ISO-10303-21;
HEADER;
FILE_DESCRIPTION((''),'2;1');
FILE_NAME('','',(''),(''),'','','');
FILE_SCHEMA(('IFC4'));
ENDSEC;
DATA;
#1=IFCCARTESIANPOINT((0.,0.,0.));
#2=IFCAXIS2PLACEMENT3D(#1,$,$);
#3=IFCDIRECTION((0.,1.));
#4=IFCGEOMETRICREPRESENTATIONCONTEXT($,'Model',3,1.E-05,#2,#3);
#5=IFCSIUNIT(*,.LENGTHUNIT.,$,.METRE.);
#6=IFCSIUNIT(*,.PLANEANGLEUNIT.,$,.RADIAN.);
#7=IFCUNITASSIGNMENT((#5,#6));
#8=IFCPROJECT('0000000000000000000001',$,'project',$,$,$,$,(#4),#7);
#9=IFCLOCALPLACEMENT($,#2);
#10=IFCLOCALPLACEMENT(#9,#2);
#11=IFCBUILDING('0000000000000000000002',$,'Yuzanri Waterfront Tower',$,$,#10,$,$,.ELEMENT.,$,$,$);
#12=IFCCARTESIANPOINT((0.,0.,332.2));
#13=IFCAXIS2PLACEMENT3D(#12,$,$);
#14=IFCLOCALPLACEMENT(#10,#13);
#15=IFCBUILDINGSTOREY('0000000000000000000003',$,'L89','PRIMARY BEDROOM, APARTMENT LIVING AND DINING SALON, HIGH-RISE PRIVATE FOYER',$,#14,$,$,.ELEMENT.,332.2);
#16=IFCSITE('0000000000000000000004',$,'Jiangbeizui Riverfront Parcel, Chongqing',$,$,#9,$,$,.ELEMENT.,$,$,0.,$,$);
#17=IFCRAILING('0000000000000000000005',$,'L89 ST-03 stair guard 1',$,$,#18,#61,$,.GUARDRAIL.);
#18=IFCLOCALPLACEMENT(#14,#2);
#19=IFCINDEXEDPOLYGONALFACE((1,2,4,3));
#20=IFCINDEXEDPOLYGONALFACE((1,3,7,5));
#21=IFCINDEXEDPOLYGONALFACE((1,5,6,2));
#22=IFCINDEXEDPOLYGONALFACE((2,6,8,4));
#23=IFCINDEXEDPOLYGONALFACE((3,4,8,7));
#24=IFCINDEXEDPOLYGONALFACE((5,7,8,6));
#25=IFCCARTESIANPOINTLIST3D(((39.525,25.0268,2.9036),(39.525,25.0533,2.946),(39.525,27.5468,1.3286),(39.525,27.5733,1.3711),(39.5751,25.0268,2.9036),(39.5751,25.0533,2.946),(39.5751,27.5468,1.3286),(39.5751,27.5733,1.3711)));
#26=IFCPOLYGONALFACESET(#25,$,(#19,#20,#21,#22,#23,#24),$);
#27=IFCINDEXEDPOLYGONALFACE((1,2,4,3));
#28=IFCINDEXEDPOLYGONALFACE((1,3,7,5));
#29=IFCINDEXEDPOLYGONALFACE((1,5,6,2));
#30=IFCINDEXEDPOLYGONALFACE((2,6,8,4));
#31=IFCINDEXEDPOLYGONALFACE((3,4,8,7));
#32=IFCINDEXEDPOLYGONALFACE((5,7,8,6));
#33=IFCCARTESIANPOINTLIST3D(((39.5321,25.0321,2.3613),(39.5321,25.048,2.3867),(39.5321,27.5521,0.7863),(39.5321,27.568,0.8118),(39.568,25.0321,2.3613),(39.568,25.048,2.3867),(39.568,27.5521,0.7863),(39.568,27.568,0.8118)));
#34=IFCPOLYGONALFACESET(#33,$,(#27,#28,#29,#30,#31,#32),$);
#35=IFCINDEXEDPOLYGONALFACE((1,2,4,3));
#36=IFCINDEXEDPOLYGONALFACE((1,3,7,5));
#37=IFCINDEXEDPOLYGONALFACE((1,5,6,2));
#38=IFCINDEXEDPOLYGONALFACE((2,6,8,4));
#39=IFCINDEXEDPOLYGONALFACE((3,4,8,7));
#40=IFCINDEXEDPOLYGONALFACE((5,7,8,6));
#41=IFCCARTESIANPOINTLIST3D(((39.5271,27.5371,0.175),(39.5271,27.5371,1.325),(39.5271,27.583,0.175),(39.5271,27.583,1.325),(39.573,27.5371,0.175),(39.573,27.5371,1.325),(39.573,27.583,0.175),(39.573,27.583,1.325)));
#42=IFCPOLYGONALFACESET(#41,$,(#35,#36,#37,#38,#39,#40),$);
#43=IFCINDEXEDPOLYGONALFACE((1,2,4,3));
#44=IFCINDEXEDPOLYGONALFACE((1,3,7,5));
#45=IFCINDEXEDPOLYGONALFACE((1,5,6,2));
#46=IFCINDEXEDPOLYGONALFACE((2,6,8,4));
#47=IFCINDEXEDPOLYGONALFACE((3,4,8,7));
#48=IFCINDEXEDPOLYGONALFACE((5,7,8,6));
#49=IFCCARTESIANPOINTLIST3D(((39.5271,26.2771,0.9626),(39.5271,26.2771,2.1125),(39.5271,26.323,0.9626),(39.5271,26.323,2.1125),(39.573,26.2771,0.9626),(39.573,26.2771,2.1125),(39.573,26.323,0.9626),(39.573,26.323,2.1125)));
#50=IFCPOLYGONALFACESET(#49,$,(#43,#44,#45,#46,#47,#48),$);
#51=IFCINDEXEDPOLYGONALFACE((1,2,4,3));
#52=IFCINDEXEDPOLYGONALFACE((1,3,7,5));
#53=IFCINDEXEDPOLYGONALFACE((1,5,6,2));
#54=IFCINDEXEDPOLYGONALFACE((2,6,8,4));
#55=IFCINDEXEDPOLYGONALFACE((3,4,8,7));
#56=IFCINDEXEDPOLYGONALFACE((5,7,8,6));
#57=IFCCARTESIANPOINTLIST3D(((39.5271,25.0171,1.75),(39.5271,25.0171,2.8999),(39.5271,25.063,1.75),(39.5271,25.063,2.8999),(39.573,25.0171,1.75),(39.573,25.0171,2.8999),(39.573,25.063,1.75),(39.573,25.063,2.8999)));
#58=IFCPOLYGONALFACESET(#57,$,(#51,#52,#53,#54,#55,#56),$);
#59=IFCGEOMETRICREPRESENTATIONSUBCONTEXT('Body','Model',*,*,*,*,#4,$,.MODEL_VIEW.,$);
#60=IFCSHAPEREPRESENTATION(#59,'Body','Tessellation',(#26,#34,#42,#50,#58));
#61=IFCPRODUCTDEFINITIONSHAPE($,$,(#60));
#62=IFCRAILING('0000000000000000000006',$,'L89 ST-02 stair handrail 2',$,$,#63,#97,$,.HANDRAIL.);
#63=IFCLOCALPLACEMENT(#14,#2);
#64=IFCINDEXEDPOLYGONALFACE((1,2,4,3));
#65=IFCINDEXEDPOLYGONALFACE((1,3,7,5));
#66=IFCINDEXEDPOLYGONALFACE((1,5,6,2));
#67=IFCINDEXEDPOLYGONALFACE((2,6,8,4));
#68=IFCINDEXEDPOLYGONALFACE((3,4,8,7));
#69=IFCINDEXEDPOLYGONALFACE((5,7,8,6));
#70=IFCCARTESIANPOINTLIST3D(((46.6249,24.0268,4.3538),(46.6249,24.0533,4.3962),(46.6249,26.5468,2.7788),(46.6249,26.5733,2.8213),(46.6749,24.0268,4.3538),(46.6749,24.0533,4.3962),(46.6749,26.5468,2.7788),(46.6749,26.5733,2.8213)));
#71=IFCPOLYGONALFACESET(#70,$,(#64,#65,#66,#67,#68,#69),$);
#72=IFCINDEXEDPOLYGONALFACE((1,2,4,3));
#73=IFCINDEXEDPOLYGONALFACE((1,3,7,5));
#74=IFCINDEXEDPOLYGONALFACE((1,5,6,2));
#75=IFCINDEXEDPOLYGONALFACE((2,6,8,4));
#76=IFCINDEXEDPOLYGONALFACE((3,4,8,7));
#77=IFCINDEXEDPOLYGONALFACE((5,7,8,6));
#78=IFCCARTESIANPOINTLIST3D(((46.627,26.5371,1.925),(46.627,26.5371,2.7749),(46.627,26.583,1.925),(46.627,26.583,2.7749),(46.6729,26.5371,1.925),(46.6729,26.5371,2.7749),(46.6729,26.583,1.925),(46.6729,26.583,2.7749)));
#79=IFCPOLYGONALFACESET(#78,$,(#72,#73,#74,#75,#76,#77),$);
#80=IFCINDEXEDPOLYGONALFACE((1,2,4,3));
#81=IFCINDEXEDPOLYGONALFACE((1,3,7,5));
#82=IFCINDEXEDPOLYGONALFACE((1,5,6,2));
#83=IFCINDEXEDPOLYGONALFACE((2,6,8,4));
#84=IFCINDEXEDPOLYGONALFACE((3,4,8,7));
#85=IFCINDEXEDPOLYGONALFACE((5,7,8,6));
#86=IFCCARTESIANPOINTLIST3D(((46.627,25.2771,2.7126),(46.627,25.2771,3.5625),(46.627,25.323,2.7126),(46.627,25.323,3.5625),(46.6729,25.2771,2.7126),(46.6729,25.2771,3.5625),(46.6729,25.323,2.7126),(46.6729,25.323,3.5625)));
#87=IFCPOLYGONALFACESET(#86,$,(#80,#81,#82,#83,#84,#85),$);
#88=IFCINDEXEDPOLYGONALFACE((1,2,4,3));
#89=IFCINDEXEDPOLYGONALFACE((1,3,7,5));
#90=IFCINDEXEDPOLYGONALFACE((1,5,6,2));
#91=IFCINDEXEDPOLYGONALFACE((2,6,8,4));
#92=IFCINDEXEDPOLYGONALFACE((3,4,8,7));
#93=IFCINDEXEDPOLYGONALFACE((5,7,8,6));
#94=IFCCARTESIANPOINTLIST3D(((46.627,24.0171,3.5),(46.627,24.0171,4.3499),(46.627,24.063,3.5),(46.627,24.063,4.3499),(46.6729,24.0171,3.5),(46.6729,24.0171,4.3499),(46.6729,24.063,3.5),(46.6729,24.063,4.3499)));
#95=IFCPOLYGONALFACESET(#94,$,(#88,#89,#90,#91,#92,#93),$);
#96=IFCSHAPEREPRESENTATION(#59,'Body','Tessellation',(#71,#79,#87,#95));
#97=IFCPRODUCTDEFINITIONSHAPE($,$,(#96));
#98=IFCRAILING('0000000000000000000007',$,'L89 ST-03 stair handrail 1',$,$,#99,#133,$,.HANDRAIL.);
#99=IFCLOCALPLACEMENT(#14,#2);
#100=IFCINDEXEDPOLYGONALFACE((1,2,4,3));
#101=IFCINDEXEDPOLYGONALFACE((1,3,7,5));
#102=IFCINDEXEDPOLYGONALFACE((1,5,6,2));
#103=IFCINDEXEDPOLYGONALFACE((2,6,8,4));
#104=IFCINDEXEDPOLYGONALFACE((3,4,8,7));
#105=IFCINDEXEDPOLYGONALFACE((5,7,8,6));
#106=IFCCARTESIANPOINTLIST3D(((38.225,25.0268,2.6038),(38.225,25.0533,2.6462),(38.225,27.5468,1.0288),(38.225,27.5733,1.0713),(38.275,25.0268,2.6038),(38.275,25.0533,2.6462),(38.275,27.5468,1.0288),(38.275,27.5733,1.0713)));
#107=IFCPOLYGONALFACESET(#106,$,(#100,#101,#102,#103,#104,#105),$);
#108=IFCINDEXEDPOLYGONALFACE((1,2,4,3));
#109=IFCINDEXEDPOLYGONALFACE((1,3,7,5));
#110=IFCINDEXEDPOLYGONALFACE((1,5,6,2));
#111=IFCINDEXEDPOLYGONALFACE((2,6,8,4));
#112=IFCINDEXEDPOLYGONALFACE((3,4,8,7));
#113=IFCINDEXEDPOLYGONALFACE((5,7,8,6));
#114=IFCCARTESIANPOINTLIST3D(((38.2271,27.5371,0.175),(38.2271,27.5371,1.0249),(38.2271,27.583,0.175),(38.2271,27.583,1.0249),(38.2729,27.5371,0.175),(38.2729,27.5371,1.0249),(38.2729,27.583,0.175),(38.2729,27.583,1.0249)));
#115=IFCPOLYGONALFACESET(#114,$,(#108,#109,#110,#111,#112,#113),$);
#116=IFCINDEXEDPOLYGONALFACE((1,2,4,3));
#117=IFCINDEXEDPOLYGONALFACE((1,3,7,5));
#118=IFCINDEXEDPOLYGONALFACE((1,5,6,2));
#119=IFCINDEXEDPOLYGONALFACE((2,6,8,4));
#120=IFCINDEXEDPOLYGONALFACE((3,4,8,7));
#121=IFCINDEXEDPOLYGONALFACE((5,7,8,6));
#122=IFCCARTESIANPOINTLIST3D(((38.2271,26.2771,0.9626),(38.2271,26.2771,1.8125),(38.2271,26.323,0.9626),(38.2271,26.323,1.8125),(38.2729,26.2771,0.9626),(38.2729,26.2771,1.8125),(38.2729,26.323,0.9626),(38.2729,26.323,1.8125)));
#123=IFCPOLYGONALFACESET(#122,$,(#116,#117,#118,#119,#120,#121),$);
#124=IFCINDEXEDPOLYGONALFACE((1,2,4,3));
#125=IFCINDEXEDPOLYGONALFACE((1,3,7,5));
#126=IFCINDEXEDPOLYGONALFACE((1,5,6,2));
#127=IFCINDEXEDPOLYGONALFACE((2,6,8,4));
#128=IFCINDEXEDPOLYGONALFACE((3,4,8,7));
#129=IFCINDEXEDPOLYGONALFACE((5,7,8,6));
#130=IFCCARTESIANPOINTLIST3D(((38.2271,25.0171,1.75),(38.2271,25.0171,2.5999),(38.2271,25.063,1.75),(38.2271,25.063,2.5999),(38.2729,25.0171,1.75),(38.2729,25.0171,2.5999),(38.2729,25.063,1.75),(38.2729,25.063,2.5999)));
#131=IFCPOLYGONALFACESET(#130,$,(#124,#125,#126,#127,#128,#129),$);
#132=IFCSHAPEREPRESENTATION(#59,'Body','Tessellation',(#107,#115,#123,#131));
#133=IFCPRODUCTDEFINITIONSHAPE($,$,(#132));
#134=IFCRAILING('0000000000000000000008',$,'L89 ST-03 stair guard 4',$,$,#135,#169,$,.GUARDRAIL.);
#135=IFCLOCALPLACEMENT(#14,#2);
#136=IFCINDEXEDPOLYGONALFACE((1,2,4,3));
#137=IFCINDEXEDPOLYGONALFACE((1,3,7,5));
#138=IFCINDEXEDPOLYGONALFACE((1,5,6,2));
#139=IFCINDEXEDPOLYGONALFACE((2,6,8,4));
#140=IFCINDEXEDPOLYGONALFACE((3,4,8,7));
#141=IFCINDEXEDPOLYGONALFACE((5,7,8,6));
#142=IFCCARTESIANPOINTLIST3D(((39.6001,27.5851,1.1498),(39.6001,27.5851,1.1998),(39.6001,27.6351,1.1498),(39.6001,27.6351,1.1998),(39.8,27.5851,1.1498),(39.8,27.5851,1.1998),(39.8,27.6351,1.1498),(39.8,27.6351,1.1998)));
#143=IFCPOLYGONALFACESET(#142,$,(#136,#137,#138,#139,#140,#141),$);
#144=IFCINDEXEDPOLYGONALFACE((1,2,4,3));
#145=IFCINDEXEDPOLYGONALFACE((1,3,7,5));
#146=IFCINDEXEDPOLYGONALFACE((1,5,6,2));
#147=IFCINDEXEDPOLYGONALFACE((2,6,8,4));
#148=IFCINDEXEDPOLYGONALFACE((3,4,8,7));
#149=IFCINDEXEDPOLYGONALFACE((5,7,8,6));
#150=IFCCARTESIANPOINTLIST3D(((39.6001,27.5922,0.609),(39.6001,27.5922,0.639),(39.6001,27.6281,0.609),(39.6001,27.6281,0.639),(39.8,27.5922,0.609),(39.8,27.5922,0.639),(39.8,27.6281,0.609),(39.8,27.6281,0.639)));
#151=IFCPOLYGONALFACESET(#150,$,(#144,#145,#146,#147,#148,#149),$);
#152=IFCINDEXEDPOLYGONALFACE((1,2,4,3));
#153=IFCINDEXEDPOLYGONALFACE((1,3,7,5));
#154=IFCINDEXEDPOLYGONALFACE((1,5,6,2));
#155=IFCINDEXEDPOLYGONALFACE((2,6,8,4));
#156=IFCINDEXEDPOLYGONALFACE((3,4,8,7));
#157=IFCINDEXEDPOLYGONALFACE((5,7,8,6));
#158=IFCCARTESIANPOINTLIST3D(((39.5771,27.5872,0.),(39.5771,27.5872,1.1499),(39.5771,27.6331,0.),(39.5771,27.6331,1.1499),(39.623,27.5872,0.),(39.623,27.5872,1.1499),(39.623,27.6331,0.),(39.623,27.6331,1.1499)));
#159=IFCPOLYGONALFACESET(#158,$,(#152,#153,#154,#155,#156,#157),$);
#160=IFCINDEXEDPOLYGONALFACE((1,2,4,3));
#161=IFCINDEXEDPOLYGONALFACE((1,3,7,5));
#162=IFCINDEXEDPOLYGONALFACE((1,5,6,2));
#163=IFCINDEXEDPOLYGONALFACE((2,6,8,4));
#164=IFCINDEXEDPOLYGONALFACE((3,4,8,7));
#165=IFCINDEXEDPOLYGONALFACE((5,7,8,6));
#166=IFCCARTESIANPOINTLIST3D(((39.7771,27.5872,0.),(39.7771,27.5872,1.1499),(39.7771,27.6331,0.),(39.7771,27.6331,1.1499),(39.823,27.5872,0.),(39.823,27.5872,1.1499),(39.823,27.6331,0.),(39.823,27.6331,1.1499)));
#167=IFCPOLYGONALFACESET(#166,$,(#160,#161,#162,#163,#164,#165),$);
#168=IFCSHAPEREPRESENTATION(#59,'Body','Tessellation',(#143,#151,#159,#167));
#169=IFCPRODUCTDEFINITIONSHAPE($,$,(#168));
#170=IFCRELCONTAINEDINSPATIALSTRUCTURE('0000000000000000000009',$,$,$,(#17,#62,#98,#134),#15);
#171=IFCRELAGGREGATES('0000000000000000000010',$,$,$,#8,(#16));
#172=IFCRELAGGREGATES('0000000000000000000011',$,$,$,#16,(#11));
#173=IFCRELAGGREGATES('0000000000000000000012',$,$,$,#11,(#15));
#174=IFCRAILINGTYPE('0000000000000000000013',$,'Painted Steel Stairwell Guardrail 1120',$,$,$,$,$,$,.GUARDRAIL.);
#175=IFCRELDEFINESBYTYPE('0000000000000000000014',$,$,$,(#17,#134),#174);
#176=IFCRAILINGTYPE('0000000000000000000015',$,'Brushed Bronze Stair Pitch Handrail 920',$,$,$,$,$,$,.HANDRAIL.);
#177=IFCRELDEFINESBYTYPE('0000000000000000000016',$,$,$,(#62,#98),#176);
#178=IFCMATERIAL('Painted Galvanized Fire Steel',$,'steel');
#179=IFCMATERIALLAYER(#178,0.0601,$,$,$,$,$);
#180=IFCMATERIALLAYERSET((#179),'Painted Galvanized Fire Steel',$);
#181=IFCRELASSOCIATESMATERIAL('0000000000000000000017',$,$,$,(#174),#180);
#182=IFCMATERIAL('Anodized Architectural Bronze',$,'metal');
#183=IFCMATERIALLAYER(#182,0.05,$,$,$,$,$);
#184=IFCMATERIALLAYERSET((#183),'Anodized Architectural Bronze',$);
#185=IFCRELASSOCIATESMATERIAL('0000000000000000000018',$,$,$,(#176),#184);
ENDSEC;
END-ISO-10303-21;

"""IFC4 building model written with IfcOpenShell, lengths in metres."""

from ifc_helpers import new_model, si_unit, direction, frame, origin, origin_2d, place, context, subcontext, project, spatial, rectangle, extrude, source, transform, mapped, material, layer, layer_set, type_object, element, save


model = new_model("IFC4")

# Units and contexts
model_context = context("Model", 3, precision=1e-05, world=origin(), true_north=direction((0.0, 1.0)))
body_context = subcontext(model_context, "Body", "Model", "MODEL_VIEW")
ifc_project = project(units=[si_unit("LENGTHUNIT", "METRE"), si_unit("PLANEANGLEUNIT", "RADIAN")], contexts=[model_context])

# Site, building, storey
site_placement = place(None, origin())
site = spatial("IfcSite", under=ifc_project, at=site_placement, Name="Jiangbeizui Riverfront Parcel, Chongqing", CompositionType="ELEMENT", RefElevation=0.0)
building_placement = place(site_placement, origin())
building = spatial("IfcBuilding", under=site, at=building_placement, Name="Yuzanri Waterfront Tower", CompositionType="ELEMENT")
storey_placement = place(building_placement, frame((0.0, 0.0, 332.2)))
storey = spatial("IfcBuildingStorey", under=building, at=storey_placement, Name="L89", Description="PRIMARY BEDROOM, APARTMENT LIVING AND DINING SALON, HIGH-RISE PRIVATE FOYER", CompositionType="ELEMENT", Elevation=332.2)

# Railings
ifc_material_1 = material(Name="Painted Galvanized Fire Steel", Category="steel")
ifc_layer_1 = layer(ifc_material_1, 0.0601)
ifc_layer_set_1 = layer_set([ifc_layer_1], Name="Painted Galvanized Fire Steel")
railing_type_1 = type_object("IfcRailingType", Name="Painted Steel Stairwell Guardrail 1120", PredefinedType="GUARDRAIL", material=ifc_layer_set_1)
shared_shape_1 = source(origin(), body_context, "Body", "SweptSolid", [
    extrude(rectangle(XDim=0.05, YDim=0.05, at=origin_2d()), frame((0.0, 0.0, 1.1748), z_axis=(0.0, -0.848008, 0.529984), x_axis=(1.0, 0.0, 0.0)), (0.0, 0.0, 1.0), 2.9717),
    extrude(rectangle(XDim=0.0359, YDim=0.03, at=origin_2d()), frame((0.0, 0.0, 0.624), z_axis=(0.0, -0.848008, 0.529984), x_axis=(1.0, 0.0, 0.0)), (0.0, 0.0, 1.0), 2.9717),
    extrude(rectangle(XDim=0.0459, YDim=0.0459, at=origin_2d()), origin(), (0.0, 0.0, 1.0), 1.1499),
    extrude(rectangle(XDim=0.0459, YDim=0.0459, at=origin_2d()), frame((0.0, -1.26, 0.7876)), (0.0, 0.0, 1.0), 1.1499),
    extrude(rectangle(XDim=0.0459, YDim=0.0459, at=origin_2d()), frame((0.0, -2.52, 1.575)), (0.0, 0.0, 1.0), 1.1499),
])
for number, where, name in (
    (1, (39.55, 27.5601, 0.175), "L89 ST-03 stair guard 1"),
):
    element("IfcRailing", number, at=place(storey_placement, frame(where)), inside=storey, type_object=railing_type_1, Name=name, PredefinedType="GUARDRAIL", context=body_context, shape_type="MappedRepresentation", body=[
        mapped(shared_shape_1, transform((0.0, 0.0, 0.0), scale=1.0)),
    ])
ifc_material_2 = material(Name="Anodized Architectural Bronze", Category="metal")
ifc_layer_2 = layer(ifc_material_2, 0.05)
ifc_layer_set_2 = layer_set([ifc_layer_2], Name="Anodized Architectural Bronze")
railing_type_2 = type_object("IfcRailingType", Name="Brushed Bronze Stair Pitch Handrail 920", PredefinedType="HANDRAIL", material=ifc_layer_set_2)
shared_shape_2 = source(origin(), body_context, "Body", "SweptSolid", [
    extrude(rectangle(XDim=0.05, YDim=0.05, at=origin_2d()), frame((0.0, 0.0, 0.875), z_axis=(0.0, -0.848008, 0.529984), x_axis=(1.0, 0.0, 0.0)), (0.0, 0.0, 1.0), 2.9717),
    extrude(rectangle(XDim=0.0459, YDim=0.0459, at=origin_2d()), origin(), (0.0, 0.0, 1.0), 0.8499),
    extrude(rectangle(XDim=0.0459, YDim=0.0459, at=origin_2d()), frame((0.0, -1.26, 0.7876)), (0.0, 0.0, 1.0), 0.8499),
    extrude(rectangle(XDim=0.0459, YDim=0.0459, at=origin_2d()), frame((0.0, -2.52, 1.575)), (0.0, 0.0, 1.0), 0.8499),
])
for number, where, name in (
    (2, (46.6499, 26.5601, 1.925), "L89 ST-02 stair handrail 2"),
    (3, (38.25, 27.5601, 0.175), "L89 ST-03 stair handrail 1"),
):
    element("IfcRailing", number, at=place(storey_placement, frame(where)), inside=storey, type_object=railing_type_2, Name=name, PredefinedType="HANDRAIL", context=body_context, shape_type="MappedRepresentation", body=[
        mapped(shared_shape_2, transform((0.0, 0.0, 0.0), scale=1.0)),
    ])
shared_shape_3 = source(origin(), body_context, "Body", "SweptSolid", [
    extrude(rectangle(XDim=0.05, YDim=0.05, at=origin_2d()), frame((0.0, 0.0, 1.1748), z_axis=(1.0, 0.0, 0.0), x_axis=(0.0, 1.0, 0.0)), (0.0, 0.0, 1.0), 0.2),
    extrude(rectangle(XDim=0.0359, YDim=0.03, at=origin_2d()), frame((0.0, 0.0, 0.624), z_axis=(1.0, 0.0, 0.0), x_axis=(0.0, 1.0, 0.0)), (0.0, 0.0, 1.0), 0.2),
    extrude(rectangle(XDim=0.0459, YDim=0.0459, at=origin_2d()), origin(), (0.0, 0.0, 1.0), 1.1499),
    extrude(rectangle(XDim=0.0459, YDim=0.0459, at=origin_2d()), frame((0.2, 0.0, 0.0)), (0.0, 0.0, 1.0), 1.1499),
])
railing_placement = place(storey_placement, frame((39.6001, 27.6101, 0.0)))
element("IfcRailing", 4, at=railing_placement, inside=storey, type_object=railing_type_1, Name="L89 ST-03 stair guard 4", PredefinedType="GUARDRAIL", context=body_context, shape_type="MappedRepresentation", body=[
    mapped(shared_shape_3, transform((0.0, 0.0, 0.0), scale=1.0)),
])

save(model, "model.ifc")
